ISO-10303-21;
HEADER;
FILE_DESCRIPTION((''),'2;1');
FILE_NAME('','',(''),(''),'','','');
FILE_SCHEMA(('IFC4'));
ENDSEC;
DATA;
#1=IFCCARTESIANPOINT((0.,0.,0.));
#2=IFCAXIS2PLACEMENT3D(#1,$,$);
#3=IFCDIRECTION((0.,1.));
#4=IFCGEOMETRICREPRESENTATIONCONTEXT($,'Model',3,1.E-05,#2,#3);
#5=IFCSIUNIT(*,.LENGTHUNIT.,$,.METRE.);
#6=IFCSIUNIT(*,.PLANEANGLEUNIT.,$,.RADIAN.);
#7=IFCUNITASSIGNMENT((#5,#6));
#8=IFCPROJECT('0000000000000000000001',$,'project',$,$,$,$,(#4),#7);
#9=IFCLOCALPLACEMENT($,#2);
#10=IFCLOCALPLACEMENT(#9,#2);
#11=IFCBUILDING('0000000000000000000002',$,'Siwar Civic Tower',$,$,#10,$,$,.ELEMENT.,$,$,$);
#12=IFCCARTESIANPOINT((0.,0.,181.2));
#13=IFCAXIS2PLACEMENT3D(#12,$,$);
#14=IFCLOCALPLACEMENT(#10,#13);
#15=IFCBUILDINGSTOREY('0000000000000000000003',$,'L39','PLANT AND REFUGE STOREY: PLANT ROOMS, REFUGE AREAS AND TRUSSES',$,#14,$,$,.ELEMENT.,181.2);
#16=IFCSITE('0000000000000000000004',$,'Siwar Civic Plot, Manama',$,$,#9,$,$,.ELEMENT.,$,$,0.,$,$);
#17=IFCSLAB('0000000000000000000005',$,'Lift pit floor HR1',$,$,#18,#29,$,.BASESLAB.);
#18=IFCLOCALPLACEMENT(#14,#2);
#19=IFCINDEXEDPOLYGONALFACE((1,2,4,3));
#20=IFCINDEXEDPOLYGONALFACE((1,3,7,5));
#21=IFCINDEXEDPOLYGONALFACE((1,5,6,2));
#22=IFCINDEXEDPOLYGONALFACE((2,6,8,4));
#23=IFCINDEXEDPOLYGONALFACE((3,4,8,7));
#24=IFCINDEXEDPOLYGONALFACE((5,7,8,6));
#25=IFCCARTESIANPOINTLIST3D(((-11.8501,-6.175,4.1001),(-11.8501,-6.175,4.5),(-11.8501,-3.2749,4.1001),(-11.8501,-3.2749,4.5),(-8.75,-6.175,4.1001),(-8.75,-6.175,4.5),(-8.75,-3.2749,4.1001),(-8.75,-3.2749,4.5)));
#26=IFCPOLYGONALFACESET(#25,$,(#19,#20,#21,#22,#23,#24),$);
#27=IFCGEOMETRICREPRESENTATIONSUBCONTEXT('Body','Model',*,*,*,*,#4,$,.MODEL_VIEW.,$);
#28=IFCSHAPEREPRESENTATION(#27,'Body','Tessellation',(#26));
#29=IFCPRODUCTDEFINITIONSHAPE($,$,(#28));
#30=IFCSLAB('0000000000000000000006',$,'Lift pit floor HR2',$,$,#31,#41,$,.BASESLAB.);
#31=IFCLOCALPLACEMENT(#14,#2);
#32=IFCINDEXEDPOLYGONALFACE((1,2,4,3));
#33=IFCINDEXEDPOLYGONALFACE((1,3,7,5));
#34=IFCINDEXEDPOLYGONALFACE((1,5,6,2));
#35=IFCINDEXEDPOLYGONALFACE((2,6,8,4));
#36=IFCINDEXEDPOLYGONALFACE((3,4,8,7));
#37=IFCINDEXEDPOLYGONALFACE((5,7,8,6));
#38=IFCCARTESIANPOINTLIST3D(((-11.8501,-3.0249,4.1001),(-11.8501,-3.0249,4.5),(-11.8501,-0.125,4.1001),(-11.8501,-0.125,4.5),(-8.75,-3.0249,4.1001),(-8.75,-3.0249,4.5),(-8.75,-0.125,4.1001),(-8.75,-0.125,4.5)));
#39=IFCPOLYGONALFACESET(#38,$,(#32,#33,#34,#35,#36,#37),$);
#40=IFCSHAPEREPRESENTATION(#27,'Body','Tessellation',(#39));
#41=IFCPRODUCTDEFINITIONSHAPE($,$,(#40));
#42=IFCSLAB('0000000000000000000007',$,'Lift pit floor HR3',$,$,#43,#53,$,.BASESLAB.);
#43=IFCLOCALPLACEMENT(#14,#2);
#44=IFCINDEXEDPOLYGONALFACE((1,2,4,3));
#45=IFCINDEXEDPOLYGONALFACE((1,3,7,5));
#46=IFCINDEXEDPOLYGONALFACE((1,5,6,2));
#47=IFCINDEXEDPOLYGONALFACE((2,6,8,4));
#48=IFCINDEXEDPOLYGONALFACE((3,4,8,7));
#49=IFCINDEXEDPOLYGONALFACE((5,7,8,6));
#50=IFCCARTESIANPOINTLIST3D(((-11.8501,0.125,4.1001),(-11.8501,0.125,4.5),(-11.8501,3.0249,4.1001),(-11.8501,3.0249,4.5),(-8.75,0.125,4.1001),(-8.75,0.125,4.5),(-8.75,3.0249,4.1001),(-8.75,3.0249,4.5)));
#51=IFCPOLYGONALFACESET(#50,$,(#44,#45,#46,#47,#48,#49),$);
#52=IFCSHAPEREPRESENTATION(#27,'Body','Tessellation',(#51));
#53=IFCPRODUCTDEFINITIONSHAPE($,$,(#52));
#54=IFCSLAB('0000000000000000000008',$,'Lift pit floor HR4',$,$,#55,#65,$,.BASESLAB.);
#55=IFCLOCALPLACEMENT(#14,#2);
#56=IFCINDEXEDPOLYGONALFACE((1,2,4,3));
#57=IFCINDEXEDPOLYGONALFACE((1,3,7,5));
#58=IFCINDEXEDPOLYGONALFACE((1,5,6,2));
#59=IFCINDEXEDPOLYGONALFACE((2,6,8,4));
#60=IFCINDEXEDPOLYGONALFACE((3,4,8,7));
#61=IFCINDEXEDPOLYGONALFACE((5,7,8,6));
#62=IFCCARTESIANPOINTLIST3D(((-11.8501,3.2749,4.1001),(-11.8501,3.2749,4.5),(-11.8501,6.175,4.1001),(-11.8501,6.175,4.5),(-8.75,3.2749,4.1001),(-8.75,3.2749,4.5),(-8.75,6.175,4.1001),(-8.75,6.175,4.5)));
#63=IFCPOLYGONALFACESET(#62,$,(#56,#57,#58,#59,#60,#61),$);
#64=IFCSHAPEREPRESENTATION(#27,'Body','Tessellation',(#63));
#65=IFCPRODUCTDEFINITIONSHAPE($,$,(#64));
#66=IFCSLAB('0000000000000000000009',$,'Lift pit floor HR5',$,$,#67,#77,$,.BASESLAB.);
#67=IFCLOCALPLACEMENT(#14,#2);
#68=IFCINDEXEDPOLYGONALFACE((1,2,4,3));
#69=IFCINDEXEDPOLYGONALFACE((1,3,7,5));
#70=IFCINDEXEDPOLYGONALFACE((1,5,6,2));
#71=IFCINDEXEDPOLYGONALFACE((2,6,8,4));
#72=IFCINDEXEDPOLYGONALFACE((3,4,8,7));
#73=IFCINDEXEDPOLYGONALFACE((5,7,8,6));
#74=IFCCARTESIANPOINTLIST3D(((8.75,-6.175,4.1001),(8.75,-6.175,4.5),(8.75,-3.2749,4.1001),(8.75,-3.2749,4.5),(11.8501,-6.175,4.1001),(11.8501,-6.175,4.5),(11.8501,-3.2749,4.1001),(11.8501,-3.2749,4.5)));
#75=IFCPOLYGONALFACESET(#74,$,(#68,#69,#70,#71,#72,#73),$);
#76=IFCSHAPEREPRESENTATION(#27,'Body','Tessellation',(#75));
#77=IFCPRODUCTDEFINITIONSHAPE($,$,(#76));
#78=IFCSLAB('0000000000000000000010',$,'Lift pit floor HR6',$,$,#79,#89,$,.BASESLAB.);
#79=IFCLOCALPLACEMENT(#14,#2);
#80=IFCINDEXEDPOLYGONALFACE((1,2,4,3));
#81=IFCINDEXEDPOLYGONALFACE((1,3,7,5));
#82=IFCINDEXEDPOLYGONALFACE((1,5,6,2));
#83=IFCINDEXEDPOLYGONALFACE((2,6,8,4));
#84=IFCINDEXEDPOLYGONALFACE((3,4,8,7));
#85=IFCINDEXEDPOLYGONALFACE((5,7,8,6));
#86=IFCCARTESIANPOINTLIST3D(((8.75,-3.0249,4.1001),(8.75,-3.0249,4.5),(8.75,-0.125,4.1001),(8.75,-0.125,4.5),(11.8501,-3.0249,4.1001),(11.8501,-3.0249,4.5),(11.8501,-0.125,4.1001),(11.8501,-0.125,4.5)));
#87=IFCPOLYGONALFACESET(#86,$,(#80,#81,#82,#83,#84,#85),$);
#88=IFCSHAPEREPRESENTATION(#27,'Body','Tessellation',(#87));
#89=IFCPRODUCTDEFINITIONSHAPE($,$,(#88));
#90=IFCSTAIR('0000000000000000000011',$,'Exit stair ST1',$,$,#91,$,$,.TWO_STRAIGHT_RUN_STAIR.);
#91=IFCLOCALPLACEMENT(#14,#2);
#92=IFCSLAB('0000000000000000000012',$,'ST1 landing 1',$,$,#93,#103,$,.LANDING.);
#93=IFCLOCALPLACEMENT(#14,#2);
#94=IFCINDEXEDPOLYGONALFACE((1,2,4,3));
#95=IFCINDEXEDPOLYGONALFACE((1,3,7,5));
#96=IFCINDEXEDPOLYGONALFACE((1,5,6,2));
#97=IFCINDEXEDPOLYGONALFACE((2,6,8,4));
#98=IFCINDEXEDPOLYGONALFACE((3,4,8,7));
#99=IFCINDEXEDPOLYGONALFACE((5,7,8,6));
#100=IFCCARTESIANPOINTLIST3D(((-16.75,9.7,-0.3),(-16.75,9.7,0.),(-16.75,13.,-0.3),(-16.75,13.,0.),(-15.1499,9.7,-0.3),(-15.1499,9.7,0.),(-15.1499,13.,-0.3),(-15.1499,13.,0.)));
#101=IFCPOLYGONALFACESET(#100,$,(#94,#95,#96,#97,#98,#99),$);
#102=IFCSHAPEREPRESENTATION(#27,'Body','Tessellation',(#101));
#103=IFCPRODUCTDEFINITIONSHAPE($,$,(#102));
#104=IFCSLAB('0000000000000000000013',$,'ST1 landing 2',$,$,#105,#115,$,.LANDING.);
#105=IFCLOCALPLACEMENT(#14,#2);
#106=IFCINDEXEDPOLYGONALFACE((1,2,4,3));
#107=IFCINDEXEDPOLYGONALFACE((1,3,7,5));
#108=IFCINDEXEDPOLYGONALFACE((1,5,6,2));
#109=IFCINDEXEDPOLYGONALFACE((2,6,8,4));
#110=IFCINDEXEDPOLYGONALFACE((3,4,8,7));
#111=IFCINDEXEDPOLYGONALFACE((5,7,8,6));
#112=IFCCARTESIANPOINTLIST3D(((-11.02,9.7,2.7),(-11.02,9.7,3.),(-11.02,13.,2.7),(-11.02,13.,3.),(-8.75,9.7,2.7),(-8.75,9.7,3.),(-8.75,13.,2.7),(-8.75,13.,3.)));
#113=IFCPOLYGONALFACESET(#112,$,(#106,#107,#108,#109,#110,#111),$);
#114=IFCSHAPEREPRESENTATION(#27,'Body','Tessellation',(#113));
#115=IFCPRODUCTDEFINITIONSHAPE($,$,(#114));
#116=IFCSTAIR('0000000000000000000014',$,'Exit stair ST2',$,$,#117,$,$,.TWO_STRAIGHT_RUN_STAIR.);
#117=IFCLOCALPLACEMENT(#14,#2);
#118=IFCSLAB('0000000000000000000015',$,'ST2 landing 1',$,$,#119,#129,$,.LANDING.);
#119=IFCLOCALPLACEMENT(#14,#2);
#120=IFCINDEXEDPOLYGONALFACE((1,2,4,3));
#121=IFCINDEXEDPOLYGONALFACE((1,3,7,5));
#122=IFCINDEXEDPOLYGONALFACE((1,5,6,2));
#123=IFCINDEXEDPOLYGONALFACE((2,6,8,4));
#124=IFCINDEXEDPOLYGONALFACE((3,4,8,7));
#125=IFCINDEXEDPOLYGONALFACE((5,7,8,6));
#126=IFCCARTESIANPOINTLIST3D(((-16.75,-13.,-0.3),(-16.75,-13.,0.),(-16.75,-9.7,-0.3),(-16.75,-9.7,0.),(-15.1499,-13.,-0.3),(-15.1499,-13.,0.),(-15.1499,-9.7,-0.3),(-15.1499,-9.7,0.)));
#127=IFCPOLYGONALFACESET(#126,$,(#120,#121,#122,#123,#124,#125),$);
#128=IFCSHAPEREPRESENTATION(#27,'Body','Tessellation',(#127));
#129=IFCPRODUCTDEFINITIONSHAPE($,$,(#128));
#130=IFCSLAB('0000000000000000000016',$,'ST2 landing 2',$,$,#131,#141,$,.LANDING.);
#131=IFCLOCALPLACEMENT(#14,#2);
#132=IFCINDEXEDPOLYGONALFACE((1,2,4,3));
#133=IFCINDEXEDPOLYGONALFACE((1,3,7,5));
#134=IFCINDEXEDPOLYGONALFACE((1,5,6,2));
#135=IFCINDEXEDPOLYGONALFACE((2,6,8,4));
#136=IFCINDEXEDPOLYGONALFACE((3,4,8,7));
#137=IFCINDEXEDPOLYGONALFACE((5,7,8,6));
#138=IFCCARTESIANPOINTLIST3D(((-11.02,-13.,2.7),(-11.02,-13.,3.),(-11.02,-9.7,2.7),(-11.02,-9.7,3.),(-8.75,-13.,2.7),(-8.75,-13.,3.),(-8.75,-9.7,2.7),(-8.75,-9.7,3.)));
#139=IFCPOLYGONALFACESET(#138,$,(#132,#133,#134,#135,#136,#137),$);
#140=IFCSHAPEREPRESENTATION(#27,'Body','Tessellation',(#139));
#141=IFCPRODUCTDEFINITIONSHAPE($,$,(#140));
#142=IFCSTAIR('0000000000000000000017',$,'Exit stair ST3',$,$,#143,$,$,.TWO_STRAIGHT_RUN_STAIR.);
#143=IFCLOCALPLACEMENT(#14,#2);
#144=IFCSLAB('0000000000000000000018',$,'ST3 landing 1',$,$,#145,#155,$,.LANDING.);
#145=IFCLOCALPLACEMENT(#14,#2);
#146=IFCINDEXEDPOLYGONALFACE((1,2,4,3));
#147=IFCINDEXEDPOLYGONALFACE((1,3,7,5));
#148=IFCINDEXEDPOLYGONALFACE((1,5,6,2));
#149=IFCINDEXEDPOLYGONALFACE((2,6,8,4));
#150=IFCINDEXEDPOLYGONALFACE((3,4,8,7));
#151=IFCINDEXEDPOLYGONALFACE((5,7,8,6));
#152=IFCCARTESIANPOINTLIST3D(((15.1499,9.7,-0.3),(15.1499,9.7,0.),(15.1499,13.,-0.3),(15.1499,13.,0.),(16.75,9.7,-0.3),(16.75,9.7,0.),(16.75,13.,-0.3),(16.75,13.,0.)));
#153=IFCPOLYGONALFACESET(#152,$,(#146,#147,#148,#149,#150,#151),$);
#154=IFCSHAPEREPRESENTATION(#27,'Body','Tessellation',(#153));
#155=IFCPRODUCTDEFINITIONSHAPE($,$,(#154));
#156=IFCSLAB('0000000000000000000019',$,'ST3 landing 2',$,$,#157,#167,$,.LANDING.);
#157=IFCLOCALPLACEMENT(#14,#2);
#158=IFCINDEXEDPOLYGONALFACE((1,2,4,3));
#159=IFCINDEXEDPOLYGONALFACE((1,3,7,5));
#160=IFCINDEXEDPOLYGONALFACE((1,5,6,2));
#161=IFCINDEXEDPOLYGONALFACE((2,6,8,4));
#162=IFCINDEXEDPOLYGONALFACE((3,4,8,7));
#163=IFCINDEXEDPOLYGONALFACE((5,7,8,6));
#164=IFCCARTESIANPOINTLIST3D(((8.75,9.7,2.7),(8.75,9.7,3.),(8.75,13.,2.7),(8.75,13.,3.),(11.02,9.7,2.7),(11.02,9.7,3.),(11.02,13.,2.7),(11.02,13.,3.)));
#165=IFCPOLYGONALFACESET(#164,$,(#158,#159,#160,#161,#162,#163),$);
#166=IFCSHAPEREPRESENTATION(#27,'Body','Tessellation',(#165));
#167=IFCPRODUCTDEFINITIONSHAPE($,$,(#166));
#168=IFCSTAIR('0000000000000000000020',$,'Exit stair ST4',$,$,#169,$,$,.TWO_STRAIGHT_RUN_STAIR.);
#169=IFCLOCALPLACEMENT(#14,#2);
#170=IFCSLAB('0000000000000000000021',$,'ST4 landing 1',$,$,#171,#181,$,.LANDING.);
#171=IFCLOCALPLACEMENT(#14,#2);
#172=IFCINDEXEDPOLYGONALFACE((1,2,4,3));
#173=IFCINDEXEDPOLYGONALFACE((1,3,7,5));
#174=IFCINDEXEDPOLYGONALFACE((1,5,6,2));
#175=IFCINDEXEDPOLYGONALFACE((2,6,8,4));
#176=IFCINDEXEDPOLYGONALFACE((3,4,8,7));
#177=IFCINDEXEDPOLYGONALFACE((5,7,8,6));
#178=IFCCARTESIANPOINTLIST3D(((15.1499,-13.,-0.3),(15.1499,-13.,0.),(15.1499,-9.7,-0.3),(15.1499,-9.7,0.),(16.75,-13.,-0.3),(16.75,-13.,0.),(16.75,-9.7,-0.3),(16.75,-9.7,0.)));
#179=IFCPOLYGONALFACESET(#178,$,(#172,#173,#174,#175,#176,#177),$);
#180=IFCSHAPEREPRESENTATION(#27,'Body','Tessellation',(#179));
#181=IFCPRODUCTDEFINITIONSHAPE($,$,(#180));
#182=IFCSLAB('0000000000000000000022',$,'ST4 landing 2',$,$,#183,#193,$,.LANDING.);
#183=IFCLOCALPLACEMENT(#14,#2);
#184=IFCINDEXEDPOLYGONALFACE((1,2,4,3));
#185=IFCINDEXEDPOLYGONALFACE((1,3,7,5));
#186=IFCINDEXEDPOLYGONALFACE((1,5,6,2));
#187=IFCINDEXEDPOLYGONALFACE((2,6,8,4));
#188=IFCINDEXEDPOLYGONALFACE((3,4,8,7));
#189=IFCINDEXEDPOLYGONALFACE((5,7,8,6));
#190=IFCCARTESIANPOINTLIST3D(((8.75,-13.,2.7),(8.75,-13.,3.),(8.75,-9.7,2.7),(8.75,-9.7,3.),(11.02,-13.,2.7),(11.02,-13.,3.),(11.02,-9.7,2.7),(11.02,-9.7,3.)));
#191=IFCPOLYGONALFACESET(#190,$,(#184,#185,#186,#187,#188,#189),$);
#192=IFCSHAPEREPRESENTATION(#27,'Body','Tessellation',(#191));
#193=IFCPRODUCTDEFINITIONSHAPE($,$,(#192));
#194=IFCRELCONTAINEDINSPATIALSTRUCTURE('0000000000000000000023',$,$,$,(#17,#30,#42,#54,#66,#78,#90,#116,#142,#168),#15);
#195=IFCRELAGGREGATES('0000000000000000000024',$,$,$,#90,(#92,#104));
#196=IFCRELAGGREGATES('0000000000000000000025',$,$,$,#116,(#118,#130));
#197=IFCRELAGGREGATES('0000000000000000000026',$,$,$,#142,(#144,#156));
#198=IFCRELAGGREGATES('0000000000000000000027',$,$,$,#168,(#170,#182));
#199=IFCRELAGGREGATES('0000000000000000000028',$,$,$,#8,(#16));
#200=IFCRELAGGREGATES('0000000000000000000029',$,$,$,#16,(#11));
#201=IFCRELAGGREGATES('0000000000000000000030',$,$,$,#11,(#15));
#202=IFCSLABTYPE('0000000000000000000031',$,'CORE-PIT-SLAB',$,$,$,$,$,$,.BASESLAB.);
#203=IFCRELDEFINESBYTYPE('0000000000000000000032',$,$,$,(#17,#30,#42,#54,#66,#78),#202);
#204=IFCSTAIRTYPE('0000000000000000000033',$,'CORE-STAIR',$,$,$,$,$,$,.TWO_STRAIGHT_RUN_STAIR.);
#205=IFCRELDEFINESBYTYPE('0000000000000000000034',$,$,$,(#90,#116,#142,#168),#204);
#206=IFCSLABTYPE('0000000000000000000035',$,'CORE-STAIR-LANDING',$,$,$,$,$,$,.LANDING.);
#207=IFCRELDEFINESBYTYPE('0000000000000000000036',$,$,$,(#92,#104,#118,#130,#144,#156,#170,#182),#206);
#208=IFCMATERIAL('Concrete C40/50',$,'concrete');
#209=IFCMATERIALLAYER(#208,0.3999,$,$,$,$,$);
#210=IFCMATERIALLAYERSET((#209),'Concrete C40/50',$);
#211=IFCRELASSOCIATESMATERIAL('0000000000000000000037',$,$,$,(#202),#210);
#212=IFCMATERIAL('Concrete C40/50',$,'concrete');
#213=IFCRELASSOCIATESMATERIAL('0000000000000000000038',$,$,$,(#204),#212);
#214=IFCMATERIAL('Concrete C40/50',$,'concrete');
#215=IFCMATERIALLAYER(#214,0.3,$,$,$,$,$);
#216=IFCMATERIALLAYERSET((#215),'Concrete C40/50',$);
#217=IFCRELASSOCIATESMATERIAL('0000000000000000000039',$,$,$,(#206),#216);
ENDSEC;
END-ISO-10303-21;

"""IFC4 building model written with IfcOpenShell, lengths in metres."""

from ifc_helpers import new_model, si_unit, direction, frame, origin, place, context, subcontext, project, spatial, polyline, outline, extrude, material, layer, layer_set, type_object, element, aggregate, save


model = new_model("IFC4")

# Units and contexts
model_context = context("Model", 3, precision=1e-05, world=origin(), true_north=direction((0.0, 1.0)))
body_context = subcontext(model_context, "Body", "Model", "MODEL_VIEW")
ifc_project = project(units=[si_unit("LENGTHUNIT", "METRE"), si_unit("PLANEANGLEUNIT", "RADIAN")], contexts=[model_context])

# Site, building, storey
site_placement = place(None, origin())
site = spatial("IfcSite", under=ifc_project, at=site_placement, Name="Siwar Civic Plot, Manama", CompositionType="ELEMENT", RefElevation=0.0)
building_placement = place(site_placement, origin())
building = spatial("IfcBuilding", under=site, at=building_placement, Name="Siwar Civic Tower", CompositionType="ELEMENT")
storey_placement = place(building_placement, frame((0.0, 0.0, 181.2)))
storey = spatial("IfcBuildingStorey", under=building, at=storey_placement, Name="L39", Description="PLANT AND REFUGE STOREY: PLANT ROOMS, REFUGE AREAS AND TRUSSES", CompositionType="ELEMENT", Elevation=181.2)

# Slabs
ifc_material_1 = material(Name="Concrete C40/50", Category="concrete")
ifc_layer_1 = layer(ifc_material_1, 0.3999)
ifc_layer_set_1 = layer_set([ifc_layer_1], Name="Concrete C40/50")
slab_type_1 = type_object("IfcSlabType", Name="CORE-PIT-SLAB", PredefinedType="BASESLAB", material=ifc_layer_set_1)
slab_1_placement = place(storey_placement, frame((0.0, 0.0, 4.1001)))
element("IfcSlab", 1, at=slab_1_placement, inside=storey, type_object=slab_type_1, Name="Lift pit floor HR1", PredefinedType="BASESLAB", context=body_context, shape_type="SweptSolid", body=[
    extrude(outline(polyline([(-8.75, -3.2749), (-11.8501, -3.2749), (-11.8501, -6.175), (-8.75, -6.175), (-8.75, -3.2749)])), origin(), (0.0, 0.0, 1.0), 0.3999),
])
slab_2_placement = place(storey_placement, frame((0.0, 0.0, 4.1001)))
element("IfcSlab", 2, at=slab_2_placement, inside=storey, type_object=slab_type_1, Name="Lift pit floor HR2", PredefinedType="BASESLAB", context=body_context, shape_type="SweptSolid", body=[
    extrude(outline(polyline([(-8.75, -0.125), (-11.8501, -0.125), (-11.8501, -3.0249), (-8.75, -3.0249), (-8.75, -0.125)])), origin(), (0.0, 0.0, 1.0), 0.3999),
])
slab_3_placement = place(storey_placement, frame((0.0, 0.0, 4.1001)))
element("IfcSlab", 3, at=slab_3_placement, inside=storey, type_object=slab_type_1, Name="Lift pit floor HR3", PredefinedType="BASESLAB", context=body_context, shape_type="SweptSolid", body=[
    extrude(outline(polyline([(-8.75, 3.0249), (-11.8501, 3.0249), (-11.8501, 0.125), (-8.75, 0.125), (-8.75, 3.0249)])), origin(), (0.0, 0.0, 1.0), 0.3999),
])
slab_4_placement = place(storey_placement, frame((0.0, 0.0, 4.1001)))
element("IfcSlab", 4, at=slab_4_placement, inside=storey, type_object=slab_type_1, Name="Lift pit floor HR4", PredefinedType="BASESLAB", context=body_context, shape_type="SweptSolid", body=[
    extrude(outline(polyline([(-8.75, 6.175), (-11.8501, 6.175), (-11.8501, 3.2749), (-8.75, 3.2749), (-8.75, 6.175)])), origin(), (0.0, 0.0, 1.0), 0.3999),
])
slab_5_placement = place(storey_placement, frame((0.0, 0.0, 4.1001)))
element("IfcSlab", 5, at=slab_5_placement, inside=storey, type_object=slab_type_1, Name="Lift pit floor HR5", PredefinedType="BASESLAB", context=body_context, shape_type="SweptSolid", body=[
    extrude(outline(polyline([(8.75, -6.175), (11.8501, -6.175), (11.8501, -3.2749), (8.75, -3.2749), (8.75, -6.175)])), origin(), (0.0, 0.0, 1.0), 0.3999),
])
slab_6_placement = place(storey_placement, frame((0.0, 0.0, 4.1001)))
element("IfcSlab", 6, at=slab_6_placement, inside=storey, type_object=slab_type_1, Name="Lift pit floor HR6", PredefinedType="BASESLAB", context=body_context, shape_type="SweptSolid", body=[
    extrude(outline(polyline([(8.75, -3.0249), (11.8501, -3.0249), (11.8501, -0.125), (8.75, -0.125), (8.75, -3.0249)])), origin(), (0.0, 0.0, 1.0), 0.3999),
])

# Stairs, slabs
ifc_material_2 = material(Name="Concrete C40/50", Category="concrete")
stair_type = type_object("IfcStairType", Name="CORE-STAIR", PredefinedType="TWO_STRAIGHT_RUN_STAIR", material=ifc_material_2)
stair_1_placement = place(storey_placement, origin())
stair_1 = element("IfcStair", 7, at=stair_1_placement, inside=storey, type_object=stair_type, Name="Exit stair ST1", PredefinedType="TWO_STRAIGHT_RUN_STAIR")
ifc_material_3 = material(Name="Concrete C40/50", Category="concrete")
ifc_layer_2 = layer(ifc_material_3, 0.3)
ifc_layer_set_2 = layer_set([ifc_layer_2], Name="Concrete C40/50")
slab_type_2 = type_object("IfcSlabType", Name="CORE-STAIR-LANDING", PredefinedType="LANDING", material=ifc_layer_set_2)
slab_7_placement = place(storey_placement, frame((0.0, 0.0, -0.3)))
slab_7 = element("IfcSlab", 8, at=slab_7_placement, type_object=slab_type_2, Name="ST1 landing 1", PredefinedType="LANDING", context=body_context, shape_type="SweptSolid", body=[
    extrude(outline(polyline([(-15.1499, 13.0), (-16.75, 13.0), (-16.75, 9.7), (-15.1499, 9.7), (-15.1499, 13.0)])), origin(), (0.0, 0.0, 1.0), 0.3),
])
slab_8_placement = place(storey_placement, frame((0.0, 0.0, 2.7)))
slab_8 = element("IfcSlab", 9, at=slab_8_placement, type_object=slab_type_2, Name="ST1 landing 2", PredefinedType="LANDING", context=body_context, shape_type="SweptSolid", body=[
    extrude(outline(polyline([(-8.75, 13.0), (-11.02, 13.0), (-11.02, 9.7), (-8.75, 9.7), (-8.75, 13.0)])), origin(), (0.0, 0.0, 1.0), 0.3),
])
aggregate(stair_1, [slab_7, slab_8])
stair_2_placement = place(storey_placement, origin())
stair_2 = element("IfcStair", 10, at=stair_2_placement, inside=storey, type_object=stair_type, Name="Exit stair ST2", PredefinedType="TWO_STRAIGHT_RUN_STAIR")
slab_9_placement = place(storey_placement, frame((0.0, 0.0, -0.3)))
slab_9 = element("IfcSlab", 11, at=slab_9_placement, type_object=slab_type_2, Name="ST2 landing 1", PredefinedType="LANDING", context=body_context, shape_type="SweptSolid", body=[
    extrude(outline(polyline([(-15.1499, -9.7), (-16.75, -9.7), (-16.75, -13.0), (-15.1499, -13.0), (-15.1499, -9.7)])), origin(), (0.0, 0.0, 1.0), 0.3),
])
slab_10_placement = place(storey_placement, frame((0.0, 0.0, 2.7)))
slab_10 = element("IfcSlab", 12, at=slab_10_placement, type_object=slab_type_2, Name="ST2 landing 2", PredefinedType="LANDING", context=body_context, shape_type="SweptSolid", body=[
    extrude(outline(polyline([(-8.75, -9.7), (-11.02, -9.7), (-11.02, -13.0), (-8.75, -13.0), (-8.75, -9.7)])), origin(), (0.0, 0.0, 1.0), 0.3),
])
aggregate(stair_2, [slab_9, slab_10])
stair_3_placement = place(storey_placement, origin())
stair_3 = element("IfcStair", 13, at=stair_3_placement, inside=storey, type_object=stair_type, Name="Exit stair ST3", PredefinedType="TWO_STRAIGHT_RUN_STAIR")
slab_11_placement = place(storey_placement, frame((0.0, 0.0, -0.3)))
slab_11 = element("IfcSlab", 14, at=slab_11_placement, type_object=slab_type_2, Name="ST3 landing 1", PredefinedType="LANDING", context=body_context, shape_type="SweptSolid", body=[
    extrude(outline(polyline([(15.1499, 9.7), (16.75, 9.7), (16.75, 13.0), (15.1499, 13.0), (15.1499, 9.7)])), origin(), (0.0, 0.0, 1.0), 0.3),
])
slab_12_placement = place(storey_placement, frame((0.0, 0.0, 2.7)))
slab_12 = element("IfcSlab", 15, at=slab_12_placement, type_object=slab_type_2, Name="ST3 landing 2", PredefinedType="LANDING", context=body_context, shape_type="SweptSolid", body=[
    extrude(outline(polyline([(8.75, 9.7), (11.02, 9.7), (11.02, 13.0), (8.75, 13.0), (8.75, 9.7)])), origin(), (0.0, 0.0, 1.0), 0.3),
])
aggregate(stair_3, [slab_11, slab_12])
stair_4_placement = place(storey_placement, origin())
stair_4 = element("IfcStair", 16, at=stair_4_placement, inside=storey, type_object=stair_type, Name="Exit stair ST4", PredefinedType="TWO_STRAIGHT_RUN_STAIR")
slab_13_placement = place(storey_placement, frame((0.0, 0.0, -0.3)))
slab_13 = element("IfcSlab", 17, at=slab_13_placement, type_object=slab_type_2, Name="ST4 landing 1", PredefinedType="LANDING", context=body_context, shape_type="SweptSolid", body=[
    extrude(outline(polyline([(15.1499, -13.0), (16.75, -13.0), (16.75, -9.7), (15.1499, -9.7), (15.1499, -13.0)])), origin(), (0.0, 0.0, 1.0), 0.3),
])
slab_14_placement = place(storey_placement, frame((0.0, 0.0, 2.7)))
slab_14 = element("IfcSlab", 18, at=slab_14_placement, type_object=slab_type_2, Name="ST4 landing 2", PredefinedType="LANDING", context=body_context, shape_type="SweptSolid", body=[
    extrude(outline(polyline([(8.75, -13.0), (11.02, -13.0), (11.02, -9.7), (8.75, -9.7), (8.75, -13.0)])), origin(), (0.0, 0.0, 1.0), 0.3),
])
aggregate(stair_4, [slab_13, slab_14])

save(model, "model.ifc")
